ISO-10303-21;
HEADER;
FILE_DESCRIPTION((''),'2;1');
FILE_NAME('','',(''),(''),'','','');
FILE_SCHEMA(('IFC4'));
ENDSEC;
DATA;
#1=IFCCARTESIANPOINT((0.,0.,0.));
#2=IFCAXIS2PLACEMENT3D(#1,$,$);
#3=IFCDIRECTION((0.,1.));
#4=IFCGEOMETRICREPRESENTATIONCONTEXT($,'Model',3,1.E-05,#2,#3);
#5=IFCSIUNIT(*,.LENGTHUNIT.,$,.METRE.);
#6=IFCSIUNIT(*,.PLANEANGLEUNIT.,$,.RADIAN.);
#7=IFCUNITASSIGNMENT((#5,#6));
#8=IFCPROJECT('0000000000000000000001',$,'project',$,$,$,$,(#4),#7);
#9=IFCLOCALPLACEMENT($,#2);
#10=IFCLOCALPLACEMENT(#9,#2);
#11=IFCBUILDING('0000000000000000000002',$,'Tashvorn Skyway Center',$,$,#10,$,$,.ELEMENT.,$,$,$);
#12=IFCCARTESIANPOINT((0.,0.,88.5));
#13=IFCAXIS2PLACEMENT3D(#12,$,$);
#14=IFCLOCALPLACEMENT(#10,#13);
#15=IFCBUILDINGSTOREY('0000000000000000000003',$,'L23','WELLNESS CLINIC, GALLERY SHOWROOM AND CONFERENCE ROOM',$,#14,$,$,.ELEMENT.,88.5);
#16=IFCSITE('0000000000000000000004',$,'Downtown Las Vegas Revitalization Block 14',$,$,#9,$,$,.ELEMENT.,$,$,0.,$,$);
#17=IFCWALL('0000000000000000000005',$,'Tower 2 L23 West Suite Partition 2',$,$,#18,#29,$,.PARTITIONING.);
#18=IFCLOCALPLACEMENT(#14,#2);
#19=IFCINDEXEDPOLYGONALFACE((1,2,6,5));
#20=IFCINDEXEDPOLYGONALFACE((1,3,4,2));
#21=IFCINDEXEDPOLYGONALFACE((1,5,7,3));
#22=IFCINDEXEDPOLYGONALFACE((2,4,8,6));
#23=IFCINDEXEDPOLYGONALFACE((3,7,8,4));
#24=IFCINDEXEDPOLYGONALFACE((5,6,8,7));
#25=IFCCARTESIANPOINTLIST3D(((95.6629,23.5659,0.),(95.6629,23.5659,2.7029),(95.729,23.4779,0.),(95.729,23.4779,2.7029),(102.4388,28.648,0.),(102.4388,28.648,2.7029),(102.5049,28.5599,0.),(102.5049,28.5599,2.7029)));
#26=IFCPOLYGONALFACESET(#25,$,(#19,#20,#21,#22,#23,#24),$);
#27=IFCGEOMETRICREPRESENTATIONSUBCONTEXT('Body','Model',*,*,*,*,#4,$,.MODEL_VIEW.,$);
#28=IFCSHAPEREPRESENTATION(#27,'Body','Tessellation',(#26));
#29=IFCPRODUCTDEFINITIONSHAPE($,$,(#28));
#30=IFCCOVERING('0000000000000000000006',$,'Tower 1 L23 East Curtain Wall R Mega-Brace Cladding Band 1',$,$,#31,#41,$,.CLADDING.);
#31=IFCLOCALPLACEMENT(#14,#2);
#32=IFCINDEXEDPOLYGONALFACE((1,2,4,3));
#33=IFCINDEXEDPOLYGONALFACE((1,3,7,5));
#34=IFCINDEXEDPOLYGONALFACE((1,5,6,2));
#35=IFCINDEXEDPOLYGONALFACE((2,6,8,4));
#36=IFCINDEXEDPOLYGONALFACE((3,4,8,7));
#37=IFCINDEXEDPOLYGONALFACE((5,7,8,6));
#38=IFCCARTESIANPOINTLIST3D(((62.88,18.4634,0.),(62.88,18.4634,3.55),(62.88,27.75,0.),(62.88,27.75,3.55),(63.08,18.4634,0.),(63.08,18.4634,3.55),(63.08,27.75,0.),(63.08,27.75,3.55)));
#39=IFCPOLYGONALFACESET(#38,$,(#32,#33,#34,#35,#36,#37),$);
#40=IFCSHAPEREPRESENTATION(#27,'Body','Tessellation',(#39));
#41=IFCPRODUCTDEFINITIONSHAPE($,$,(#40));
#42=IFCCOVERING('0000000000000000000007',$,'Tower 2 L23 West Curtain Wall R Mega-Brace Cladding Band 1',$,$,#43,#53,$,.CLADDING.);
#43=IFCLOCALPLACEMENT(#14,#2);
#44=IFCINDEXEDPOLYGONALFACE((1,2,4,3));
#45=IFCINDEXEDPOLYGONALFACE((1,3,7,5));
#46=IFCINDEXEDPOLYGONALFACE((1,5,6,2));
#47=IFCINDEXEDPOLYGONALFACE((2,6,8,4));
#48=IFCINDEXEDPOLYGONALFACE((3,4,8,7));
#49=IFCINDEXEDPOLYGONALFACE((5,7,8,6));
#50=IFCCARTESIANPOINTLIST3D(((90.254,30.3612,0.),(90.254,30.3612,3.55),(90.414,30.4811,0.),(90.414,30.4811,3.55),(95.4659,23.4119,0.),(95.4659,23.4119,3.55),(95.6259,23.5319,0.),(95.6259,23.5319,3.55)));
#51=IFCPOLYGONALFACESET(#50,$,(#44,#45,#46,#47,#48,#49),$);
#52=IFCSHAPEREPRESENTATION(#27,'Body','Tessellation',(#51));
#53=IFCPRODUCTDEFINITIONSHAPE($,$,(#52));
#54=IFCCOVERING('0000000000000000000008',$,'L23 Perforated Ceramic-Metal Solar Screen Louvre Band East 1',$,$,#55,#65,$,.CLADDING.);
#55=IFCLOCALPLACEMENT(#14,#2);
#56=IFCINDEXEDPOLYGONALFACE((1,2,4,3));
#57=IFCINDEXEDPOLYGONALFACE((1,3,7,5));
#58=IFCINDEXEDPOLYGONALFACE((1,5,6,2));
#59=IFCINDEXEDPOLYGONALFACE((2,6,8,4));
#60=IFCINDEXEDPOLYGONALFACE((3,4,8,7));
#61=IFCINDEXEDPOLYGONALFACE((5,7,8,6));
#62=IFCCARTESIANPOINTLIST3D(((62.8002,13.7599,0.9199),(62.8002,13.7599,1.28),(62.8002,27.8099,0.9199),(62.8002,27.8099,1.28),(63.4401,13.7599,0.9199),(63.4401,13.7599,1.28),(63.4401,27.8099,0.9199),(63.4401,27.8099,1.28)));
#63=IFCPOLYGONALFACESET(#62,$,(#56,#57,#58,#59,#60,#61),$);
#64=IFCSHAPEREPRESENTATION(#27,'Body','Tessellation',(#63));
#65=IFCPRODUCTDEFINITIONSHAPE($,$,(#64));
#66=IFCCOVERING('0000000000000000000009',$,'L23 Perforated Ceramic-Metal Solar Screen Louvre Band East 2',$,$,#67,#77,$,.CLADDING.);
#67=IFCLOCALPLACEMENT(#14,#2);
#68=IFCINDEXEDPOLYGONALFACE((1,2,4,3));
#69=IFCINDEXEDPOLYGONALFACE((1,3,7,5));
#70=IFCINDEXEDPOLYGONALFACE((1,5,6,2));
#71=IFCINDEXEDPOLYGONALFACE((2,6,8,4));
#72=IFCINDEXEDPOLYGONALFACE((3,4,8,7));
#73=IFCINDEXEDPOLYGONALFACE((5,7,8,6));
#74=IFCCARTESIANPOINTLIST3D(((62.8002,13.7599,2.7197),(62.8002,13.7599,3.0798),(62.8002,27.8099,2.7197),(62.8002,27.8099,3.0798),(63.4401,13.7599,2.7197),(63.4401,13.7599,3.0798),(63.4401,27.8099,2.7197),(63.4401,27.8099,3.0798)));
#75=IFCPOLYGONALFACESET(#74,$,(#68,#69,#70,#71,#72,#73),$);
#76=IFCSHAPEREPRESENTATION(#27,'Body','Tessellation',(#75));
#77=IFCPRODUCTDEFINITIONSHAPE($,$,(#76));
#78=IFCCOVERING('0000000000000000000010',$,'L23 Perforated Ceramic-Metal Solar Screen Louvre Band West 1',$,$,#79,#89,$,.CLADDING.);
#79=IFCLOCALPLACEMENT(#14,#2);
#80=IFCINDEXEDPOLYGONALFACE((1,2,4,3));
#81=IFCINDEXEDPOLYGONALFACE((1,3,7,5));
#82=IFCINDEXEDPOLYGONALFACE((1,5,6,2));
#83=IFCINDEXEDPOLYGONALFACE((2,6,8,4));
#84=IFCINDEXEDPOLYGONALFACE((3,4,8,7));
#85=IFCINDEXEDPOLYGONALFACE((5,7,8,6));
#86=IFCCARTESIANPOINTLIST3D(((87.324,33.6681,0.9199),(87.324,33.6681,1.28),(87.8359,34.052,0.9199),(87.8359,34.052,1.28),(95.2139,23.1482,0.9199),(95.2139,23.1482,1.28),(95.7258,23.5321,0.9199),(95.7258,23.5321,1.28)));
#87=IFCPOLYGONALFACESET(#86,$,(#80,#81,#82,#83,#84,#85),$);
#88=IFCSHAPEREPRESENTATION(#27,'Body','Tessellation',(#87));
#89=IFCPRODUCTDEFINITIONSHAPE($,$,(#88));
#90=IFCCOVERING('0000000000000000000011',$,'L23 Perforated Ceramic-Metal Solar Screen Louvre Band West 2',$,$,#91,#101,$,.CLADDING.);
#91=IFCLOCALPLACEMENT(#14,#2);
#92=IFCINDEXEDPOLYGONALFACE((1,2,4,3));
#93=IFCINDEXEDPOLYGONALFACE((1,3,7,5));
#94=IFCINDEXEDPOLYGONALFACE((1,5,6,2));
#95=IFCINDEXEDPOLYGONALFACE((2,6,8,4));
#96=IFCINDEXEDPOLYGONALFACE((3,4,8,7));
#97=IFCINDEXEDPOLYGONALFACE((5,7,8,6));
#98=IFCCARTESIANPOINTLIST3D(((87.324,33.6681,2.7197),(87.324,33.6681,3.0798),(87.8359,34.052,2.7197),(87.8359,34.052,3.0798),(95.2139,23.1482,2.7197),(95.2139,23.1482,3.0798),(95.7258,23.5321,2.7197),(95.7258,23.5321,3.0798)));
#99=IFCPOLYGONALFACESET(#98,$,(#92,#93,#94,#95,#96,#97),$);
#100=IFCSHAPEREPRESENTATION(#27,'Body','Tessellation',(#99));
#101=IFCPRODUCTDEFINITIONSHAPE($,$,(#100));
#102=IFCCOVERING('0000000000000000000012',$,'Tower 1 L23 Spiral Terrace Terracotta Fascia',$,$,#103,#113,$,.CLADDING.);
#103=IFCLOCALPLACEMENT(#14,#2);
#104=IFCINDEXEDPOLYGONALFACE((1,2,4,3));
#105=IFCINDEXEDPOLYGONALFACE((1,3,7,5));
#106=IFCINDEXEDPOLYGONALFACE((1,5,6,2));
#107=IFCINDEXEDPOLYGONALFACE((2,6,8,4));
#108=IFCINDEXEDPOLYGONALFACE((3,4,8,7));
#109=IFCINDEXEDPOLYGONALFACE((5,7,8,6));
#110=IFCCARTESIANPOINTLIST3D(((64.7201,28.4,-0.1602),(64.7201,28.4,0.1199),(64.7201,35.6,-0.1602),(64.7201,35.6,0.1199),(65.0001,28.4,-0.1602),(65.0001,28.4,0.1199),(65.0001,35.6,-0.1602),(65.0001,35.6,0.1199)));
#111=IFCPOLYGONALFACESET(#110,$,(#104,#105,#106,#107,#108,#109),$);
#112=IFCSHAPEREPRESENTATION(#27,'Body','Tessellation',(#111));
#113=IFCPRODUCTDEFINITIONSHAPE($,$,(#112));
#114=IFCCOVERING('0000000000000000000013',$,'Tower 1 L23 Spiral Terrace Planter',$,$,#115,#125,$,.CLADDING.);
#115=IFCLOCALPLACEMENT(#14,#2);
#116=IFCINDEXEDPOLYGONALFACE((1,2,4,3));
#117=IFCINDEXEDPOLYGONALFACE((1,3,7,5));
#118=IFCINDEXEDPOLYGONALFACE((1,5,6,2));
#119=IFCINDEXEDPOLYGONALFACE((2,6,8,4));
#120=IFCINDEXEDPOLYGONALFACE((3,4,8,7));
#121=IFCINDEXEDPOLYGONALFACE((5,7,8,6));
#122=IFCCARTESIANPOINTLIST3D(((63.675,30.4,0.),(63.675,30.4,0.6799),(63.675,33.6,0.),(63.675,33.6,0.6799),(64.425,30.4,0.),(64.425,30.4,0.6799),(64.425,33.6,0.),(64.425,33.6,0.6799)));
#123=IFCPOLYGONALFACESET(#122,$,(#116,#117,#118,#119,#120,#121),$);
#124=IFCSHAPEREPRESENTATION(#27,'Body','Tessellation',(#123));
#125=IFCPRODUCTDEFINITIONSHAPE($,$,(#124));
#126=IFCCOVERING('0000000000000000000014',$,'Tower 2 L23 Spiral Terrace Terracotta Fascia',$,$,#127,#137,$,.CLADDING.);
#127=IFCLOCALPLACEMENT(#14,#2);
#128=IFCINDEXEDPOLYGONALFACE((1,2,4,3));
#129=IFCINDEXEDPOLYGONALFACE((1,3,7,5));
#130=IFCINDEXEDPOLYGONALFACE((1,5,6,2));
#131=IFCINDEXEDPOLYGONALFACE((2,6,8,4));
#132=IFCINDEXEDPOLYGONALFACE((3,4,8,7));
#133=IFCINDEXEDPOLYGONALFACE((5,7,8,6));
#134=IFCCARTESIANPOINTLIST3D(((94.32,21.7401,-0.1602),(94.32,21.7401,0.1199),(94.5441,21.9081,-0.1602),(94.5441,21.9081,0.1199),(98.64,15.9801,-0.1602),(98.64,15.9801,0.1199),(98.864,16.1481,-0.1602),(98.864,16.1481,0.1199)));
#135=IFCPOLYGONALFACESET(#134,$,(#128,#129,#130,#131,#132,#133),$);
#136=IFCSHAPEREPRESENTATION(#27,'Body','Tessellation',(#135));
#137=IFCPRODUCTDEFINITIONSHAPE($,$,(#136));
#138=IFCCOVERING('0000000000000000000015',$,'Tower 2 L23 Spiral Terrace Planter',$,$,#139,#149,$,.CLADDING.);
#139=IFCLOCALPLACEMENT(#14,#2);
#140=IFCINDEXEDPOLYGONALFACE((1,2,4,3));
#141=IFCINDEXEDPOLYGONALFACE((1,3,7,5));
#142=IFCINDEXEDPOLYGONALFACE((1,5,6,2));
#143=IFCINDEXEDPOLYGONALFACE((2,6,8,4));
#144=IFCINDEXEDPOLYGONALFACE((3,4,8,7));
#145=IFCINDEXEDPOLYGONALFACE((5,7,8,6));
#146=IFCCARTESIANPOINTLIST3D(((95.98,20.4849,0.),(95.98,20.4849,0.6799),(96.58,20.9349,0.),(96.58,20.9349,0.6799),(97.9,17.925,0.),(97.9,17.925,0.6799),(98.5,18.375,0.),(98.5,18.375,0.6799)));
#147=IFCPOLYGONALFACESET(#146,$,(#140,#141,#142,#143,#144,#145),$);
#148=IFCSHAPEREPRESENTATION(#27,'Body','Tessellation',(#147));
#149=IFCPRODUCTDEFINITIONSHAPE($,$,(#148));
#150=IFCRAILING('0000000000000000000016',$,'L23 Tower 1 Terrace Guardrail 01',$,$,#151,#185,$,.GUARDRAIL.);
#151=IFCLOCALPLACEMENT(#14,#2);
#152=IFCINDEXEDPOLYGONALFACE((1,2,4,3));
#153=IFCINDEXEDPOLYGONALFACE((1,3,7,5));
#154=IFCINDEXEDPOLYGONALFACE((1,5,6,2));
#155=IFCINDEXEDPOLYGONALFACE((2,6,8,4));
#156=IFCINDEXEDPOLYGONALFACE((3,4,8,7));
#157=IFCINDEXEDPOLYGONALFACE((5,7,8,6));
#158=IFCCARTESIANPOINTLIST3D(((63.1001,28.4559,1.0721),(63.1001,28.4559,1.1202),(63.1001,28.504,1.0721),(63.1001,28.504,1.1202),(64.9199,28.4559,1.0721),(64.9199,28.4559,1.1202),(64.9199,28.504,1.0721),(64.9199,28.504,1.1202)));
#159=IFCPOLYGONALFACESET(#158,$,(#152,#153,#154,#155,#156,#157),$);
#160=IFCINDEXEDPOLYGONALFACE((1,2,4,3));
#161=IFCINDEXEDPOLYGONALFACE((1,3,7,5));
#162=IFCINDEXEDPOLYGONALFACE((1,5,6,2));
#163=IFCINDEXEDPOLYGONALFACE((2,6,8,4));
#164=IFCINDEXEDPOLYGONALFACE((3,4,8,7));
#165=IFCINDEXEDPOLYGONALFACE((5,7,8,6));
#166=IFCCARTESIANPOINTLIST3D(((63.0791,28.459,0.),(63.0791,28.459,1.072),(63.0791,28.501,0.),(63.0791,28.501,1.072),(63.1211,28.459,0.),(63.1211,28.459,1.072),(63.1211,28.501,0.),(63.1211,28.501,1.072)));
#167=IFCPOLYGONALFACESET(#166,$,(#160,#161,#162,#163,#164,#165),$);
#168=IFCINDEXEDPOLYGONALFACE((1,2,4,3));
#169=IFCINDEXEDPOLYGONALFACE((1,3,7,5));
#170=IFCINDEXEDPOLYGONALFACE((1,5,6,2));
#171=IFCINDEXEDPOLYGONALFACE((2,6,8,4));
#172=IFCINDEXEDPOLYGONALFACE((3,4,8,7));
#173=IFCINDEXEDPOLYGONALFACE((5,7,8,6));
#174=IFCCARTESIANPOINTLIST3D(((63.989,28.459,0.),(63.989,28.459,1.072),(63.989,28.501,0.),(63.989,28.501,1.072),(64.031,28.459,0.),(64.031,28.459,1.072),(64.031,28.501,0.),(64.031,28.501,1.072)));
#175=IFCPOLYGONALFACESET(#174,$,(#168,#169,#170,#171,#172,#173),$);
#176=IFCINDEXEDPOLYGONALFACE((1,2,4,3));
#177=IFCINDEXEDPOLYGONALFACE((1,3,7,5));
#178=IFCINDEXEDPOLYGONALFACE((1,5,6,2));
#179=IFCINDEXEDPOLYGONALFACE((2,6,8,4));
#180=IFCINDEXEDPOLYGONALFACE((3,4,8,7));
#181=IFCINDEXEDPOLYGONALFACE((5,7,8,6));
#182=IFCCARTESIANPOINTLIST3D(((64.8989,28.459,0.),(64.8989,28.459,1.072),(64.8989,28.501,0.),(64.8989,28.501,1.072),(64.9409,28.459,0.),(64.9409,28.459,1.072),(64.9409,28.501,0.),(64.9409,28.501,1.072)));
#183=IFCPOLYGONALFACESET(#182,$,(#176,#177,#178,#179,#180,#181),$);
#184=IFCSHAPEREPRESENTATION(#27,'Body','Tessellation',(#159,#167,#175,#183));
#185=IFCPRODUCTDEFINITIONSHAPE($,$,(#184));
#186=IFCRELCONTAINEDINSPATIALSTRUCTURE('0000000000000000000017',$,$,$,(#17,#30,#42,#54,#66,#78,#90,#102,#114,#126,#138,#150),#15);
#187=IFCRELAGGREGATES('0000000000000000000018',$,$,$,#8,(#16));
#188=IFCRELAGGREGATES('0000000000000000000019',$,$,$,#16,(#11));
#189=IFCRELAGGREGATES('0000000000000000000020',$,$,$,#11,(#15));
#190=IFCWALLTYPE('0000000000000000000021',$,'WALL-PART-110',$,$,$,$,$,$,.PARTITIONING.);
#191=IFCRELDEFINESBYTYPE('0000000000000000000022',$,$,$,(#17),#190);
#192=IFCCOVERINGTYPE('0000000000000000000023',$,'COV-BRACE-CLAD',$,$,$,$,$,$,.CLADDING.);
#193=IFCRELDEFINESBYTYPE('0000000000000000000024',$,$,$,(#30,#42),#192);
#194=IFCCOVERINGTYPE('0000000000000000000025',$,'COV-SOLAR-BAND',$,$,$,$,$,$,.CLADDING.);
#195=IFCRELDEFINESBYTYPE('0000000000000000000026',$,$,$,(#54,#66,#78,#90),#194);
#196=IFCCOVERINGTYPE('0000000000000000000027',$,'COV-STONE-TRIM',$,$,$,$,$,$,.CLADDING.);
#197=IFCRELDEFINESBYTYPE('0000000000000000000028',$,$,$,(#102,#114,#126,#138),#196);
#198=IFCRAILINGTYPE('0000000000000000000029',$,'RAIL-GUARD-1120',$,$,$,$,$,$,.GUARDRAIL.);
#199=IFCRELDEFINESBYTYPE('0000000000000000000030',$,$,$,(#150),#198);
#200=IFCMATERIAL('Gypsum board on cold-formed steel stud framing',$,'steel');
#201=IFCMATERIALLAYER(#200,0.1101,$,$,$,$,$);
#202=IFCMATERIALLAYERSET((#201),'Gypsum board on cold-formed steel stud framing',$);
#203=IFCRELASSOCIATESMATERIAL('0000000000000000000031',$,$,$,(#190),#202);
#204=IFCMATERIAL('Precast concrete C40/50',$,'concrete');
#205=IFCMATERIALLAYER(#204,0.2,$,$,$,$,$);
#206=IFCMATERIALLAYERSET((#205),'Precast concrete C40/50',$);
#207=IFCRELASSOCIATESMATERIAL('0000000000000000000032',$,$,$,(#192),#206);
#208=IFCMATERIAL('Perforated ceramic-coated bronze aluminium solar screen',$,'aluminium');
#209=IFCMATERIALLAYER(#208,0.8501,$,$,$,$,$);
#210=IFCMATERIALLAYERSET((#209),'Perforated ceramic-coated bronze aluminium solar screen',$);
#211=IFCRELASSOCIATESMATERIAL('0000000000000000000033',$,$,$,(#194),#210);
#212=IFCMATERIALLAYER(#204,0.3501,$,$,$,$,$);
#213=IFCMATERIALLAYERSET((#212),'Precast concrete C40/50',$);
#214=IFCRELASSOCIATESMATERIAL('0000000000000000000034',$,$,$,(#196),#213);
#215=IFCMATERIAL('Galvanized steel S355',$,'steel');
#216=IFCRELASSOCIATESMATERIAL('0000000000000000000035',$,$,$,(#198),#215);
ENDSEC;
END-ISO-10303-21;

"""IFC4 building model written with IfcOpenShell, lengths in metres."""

from ifc_helpers import new_model, si_unit, direction, frame, frame_2d, origin, origin_2d, place, context, subcontext, project, spatial, rectangle, extrude, material, layer, layer_set, type_object, element, save


model = new_model("IFC4")

# Units and contexts
model_context = context("Model", 3, precision=1e-05, world=origin(), true_north=direction((0.0, 1.0)))
body_context = subcontext(model_context, "Body", "Model", "MODEL_VIEW")
ifc_project = project(units=[si_unit("LENGTHUNIT", "METRE"), si_unit("PLANEANGLEUNIT", "RADIAN")], contexts=[model_context])

# Site, building, storey
site_placement = place(None, origin())
site = spatial("IfcSite", under=ifc_project, at=site_placement, Name="Downtown Las Vegas Revitalization Block 14", CompositionType="ELEMENT", RefElevation=0.0)
building_placement = place(site_placement, origin())
building = spatial("IfcBuilding", under=site, at=building_placement, Name="Tashvorn Skyway Center", CompositionType="ELEMENT")
storey_placement = place(building_placement, frame((0.0, 0.0, 88.5)))
storey = spatial("IfcBuildingStorey", under=building, at=storey_placement, Name="L23", Description="WELLNESS CLINIC, GALLERY SHOWROOM AND CONFERENCE ROOM", CompositionType="ELEMENT", Elevation=88.5)

# Wall
ifc_material_1 = material(Name="Precast concrete C40/50", Category="concrete")
ifc_material_2 = material(Name="Gypsum board on cold-formed steel stud framing", Category="steel")
ifc_layer_1 = layer(ifc_material_2, 0.1101)
ifc_layer_set_1 = layer_set([ifc_layer_1], Name="Gypsum board on cold-formed steel stud framing")
wall_type_1 = type_object("IfcWallType", Name="WALL-PART-110", PredefinedType="PARTITIONING", material=ifc_layer_set_1)
wall_1_placement = place(storey_placement, frame((95.696, 23.522, 0.0), z_axis=(0.0, 0.0, 1.0), x_axis=(0.799993, 0.600009, 0.0)))
element("IfcWall", 1, at=wall_1_placement, inside=storey, type_object=wall_type_1, Name="Tower 2 L23 West Suite Partition 2", PredefinedType="PARTITIONING", context=body_context, shape_type="SweptSolid", body=[
    extrude(rectangle(XDim=8.47, YDim=0.1101, at=frame_2d((4.2349, 0.0))), origin(), (0.0, 0.0, 1.0), 2.7029),
])

# Coverings
ifc_layer_2 = layer(ifc_material_1, 0.2)
ifc_layer_set_2 = layer_set([ifc_layer_2], Name="Precast concrete C40/50")
covering_type_1 = type_object("IfcCoveringType", Name="COV-BRACE-CLAD", PredefinedType="CLADDING", material=ifc_layer_set_2)
covering_1_placement = place(storey_placement, frame((62.98, 23.1067, 0.0), z_axis=(0.0, 0.0, 1.0), x_axis=(0.0, -1.0, 0.0)))
element("IfcCovering", 2, at=covering_1_placement, inside=storey, type_object=covering_type_1, Name="Tower 1 L23 East Curtain Wall R Mega-Brace Cladding Band 1", PredefinedType="CLADDING", context=body_context, shape_type="SweptSolid", body=[
    extrude(rectangle(XDim=9.2866, YDim=0.2, at=origin_2d()), origin(), (0.0, 0.0, 1.0), 3.55),
])
covering_2_placement = place(storey_placement, frame((92.9399, 26.9465, 0.0), z_axis=(0.0, 0.0, 1.0), x_axis=(-0.6, 0.8, 0.0)))
element("IfcCovering", 3, at=covering_2_placement, inside=storey, type_object=covering_type_1, Name="Tower 2 L23 West Curtain Wall R Mega-Brace Cladding Band 1", PredefinedType="CLADDING", context=body_context, shape_type="SweptSolid", body=[
    extrude(rectangle(XDim=8.6865, YDim=0.2, at=origin_2d()), origin(), (0.0, 0.0, 1.0), 3.55),
])
ifc_material_3 = material(Name="Perforated ceramic-coated bronze aluminium solar screen", Category="aluminium")
ifc_layer_3 = layer(ifc_material_3, 0.8501)
ifc_layer_set_3 = layer_set([ifc_layer_3], Name="Perforated ceramic-coated bronze aluminium solar screen")
covering_type_2 = type_object("IfcCoveringType", Name="COV-SOLAR-BAND", PredefinedType="CLADDING", material=ifc_layer_set_3)
for number, where, z_axis, x_axis, name in (
    (4, (63.1201, 20.7849, 0.9199), (0.0, 0.0, 1.0), (0.0, -1.0, 0.0), "L23 Perforated Ceramic-Metal Solar Screen Louvre Band East 1"),
    (5, (63.1201, 20.7849, 2.7197), (0.0, 0.0, 1.0), (0.0, -1.0, 0.0), "L23 Perforated Ceramic-Metal Solar Screen Louvre Band East 2"),
):
    element("IfcCovering", number, at=place(storey_placement, frame(where, z_axis=z_axis, x_axis=x_axis)), inside=storey, type_object=covering_type_2, Name=name, PredefinedType="CLADDING", context=body_context, shape_type="SweptSolid", body=[
        extrude(rectangle(XDim=14.05, YDim=0.6399, at=origin_2d()), origin(), (0.0, 0.0, 1.0), 0.3601),
    ])
for number, where, z_axis, x_axis, name in (
    (6, (91.5249, 28.6001, 0.9199), (0.0, 0.0, 1.0), (-0.6, 0.8, 0.0), "L23 Perforated Ceramic-Metal Solar Screen Louvre Band West 1"),
    (7, (91.5249, 28.6001, 2.7197), (0.0, 0.0, 1.0), (-0.6, 0.8, 0.0), "L23 Perforated Ceramic-Metal Solar Screen Louvre Band West 2"),
):
    element("IfcCovering", number, at=place(storey_placement, frame(where, z_axis=z_axis, x_axis=x_axis)), inside=storey, type_object=covering_type_2, Name=name, PredefinedType="CLADDING", context=body_context, shape_type="SweptSolid", body=[
        extrude(rectangle(XDim=13.1499, YDim=0.6399, at=origin_2d()), origin(), (0.0, 0.0, 1.0), 0.3601),
    ])
ifc_layer_4 = layer(ifc_material_1, 0.3501)
ifc_layer_set_4 = layer_set([ifc_layer_4], Name="Precast concrete C40/50")
covering_type_3 = type_object("IfcCoveringType", Name="COV-STONE-TRIM", PredefinedType="CLADDING", material=ifc_layer_set_4)
covering_3_placement = place(storey_placement, frame((64.8601, 32.0, -0.1602), z_axis=(0.0, 0.0, 1.0), x_axis=(0.0, -1.0, 0.0)))
element("IfcCovering", 8, at=covering_3_placement, inside=storey, type_object=covering_type_3, Name="Tower 1 L23 Spiral Terrace Terracotta Fascia", PredefinedType="CLADDING", context=body_context, shape_type="SweptSolid", body=[
    extrude(rectangle(XDim=7.2, YDim=0.28, at=origin_2d()), origin(), (0.0, 0.0, 1.0), 0.28),
])
covering_4_placement = place(storey_placement, frame((64.05, 32.0, 0.0), z_axis=(0.0, 0.0, 1.0), x_axis=(0.0, -1.0, 0.0)))
element("IfcCovering", 9, at=covering_4_placement, inside=storey, type_object=covering_type_3, Name="Tower 1 L23 Spiral Terrace Planter", PredefinedType="CLADDING", context=body_context, shape_type="SweptSolid", body=[
    extrude(rectangle(XDim=3.2, YDim=0.75, at=origin_2d()), origin(), (0.0, 0.0, 1.0), 0.6799),
])
covering_5_placement = place(storey_placement, frame((96.592, 18.9441, -0.1602), z_axis=(0.0, 0.0, 1.0), x_axis=(-0.6, 0.8, 0.0)))
element("IfcCovering", 10, at=covering_5_placement, inside=storey, type_object=covering_type_3, Name="Tower 2 L23 Spiral Terrace Terracotta Fascia", PredefinedType="CLADDING", context=body_context, shape_type="SweptSolid", body=[
    extrude(rectangle(XDim=7.2, YDim=0.28, at=origin_2d()), origin(), (0.0, 0.0, 1.0), 0.28),
])
covering_6_placement = place(storey_placement, frame((97.24, 19.4299, 0.0), z_axis=(0.0, 0.0, 1.0), x_axis=(-0.6, 0.8, 0.0)))
element("IfcCovering", 11, at=covering_6_placement, inside=storey, type_object=covering_type_3, Name="Tower 2 L23 Spiral Terrace Planter", PredefinedType="CLADDING", context=body_context, shape_type="SweptSolid", body=[
    extrude(rectangle(XDim=3.2, YDim=0.75, at=origin_2d()), origin(), (0.0, 0.0, 1.0), 0.6799),
])

# Railing
ifc_material_4 = material(Name="Galvanized steel S355", Category="steel")
railing_type = type_object("IfcRailingType", Name="RAIL-GUARD-1120", PredefinedType="GUARDRAIL", material=ifc_material_4)
railing_1_placement = place(storey_placement, frame((63.1001, 28.48, 0.0)))
element("IfcRailing", 12, at=railing_1_placement, inside=storey, type_object=railing_type, Name="L23 Tower 1 Terrace Guardrail 01", PredefinedType="GUARDRAIL", context=body_context, shape_type="SweptSolid", body=[
    extrude(rectangle(XDim=0.0481, YDim=0.0481, at=origin_2d()), frame((0.0, 0.0, 1.0962), z_axis=(1.0, 0.0, 0.0), x_axis=(0.0, 1.0, 0.0)), (0.0, 0.0, 1.0), 1.8198),
    extrude(rectangle(XDim=0.042, YDim=0.042, at=origin_2d()), origin(), (0.0, 0.0, 1.0), 1.072),
    extrude(rectangle(XDim=0.042, YDim=0.042, at=origin_2d()), frame((0.9099, 0.0, 0.0)), (0.0, 0.0, 1.0), 1.072),
    extrude(rectangle(XDim=0.042, YDim=0.042, at=origin_2d()), frame((1.8198, 0.0, 0.0)), (0.0, 0.0, 1.0), 1.072),
])

save(model, "model.ifc")
